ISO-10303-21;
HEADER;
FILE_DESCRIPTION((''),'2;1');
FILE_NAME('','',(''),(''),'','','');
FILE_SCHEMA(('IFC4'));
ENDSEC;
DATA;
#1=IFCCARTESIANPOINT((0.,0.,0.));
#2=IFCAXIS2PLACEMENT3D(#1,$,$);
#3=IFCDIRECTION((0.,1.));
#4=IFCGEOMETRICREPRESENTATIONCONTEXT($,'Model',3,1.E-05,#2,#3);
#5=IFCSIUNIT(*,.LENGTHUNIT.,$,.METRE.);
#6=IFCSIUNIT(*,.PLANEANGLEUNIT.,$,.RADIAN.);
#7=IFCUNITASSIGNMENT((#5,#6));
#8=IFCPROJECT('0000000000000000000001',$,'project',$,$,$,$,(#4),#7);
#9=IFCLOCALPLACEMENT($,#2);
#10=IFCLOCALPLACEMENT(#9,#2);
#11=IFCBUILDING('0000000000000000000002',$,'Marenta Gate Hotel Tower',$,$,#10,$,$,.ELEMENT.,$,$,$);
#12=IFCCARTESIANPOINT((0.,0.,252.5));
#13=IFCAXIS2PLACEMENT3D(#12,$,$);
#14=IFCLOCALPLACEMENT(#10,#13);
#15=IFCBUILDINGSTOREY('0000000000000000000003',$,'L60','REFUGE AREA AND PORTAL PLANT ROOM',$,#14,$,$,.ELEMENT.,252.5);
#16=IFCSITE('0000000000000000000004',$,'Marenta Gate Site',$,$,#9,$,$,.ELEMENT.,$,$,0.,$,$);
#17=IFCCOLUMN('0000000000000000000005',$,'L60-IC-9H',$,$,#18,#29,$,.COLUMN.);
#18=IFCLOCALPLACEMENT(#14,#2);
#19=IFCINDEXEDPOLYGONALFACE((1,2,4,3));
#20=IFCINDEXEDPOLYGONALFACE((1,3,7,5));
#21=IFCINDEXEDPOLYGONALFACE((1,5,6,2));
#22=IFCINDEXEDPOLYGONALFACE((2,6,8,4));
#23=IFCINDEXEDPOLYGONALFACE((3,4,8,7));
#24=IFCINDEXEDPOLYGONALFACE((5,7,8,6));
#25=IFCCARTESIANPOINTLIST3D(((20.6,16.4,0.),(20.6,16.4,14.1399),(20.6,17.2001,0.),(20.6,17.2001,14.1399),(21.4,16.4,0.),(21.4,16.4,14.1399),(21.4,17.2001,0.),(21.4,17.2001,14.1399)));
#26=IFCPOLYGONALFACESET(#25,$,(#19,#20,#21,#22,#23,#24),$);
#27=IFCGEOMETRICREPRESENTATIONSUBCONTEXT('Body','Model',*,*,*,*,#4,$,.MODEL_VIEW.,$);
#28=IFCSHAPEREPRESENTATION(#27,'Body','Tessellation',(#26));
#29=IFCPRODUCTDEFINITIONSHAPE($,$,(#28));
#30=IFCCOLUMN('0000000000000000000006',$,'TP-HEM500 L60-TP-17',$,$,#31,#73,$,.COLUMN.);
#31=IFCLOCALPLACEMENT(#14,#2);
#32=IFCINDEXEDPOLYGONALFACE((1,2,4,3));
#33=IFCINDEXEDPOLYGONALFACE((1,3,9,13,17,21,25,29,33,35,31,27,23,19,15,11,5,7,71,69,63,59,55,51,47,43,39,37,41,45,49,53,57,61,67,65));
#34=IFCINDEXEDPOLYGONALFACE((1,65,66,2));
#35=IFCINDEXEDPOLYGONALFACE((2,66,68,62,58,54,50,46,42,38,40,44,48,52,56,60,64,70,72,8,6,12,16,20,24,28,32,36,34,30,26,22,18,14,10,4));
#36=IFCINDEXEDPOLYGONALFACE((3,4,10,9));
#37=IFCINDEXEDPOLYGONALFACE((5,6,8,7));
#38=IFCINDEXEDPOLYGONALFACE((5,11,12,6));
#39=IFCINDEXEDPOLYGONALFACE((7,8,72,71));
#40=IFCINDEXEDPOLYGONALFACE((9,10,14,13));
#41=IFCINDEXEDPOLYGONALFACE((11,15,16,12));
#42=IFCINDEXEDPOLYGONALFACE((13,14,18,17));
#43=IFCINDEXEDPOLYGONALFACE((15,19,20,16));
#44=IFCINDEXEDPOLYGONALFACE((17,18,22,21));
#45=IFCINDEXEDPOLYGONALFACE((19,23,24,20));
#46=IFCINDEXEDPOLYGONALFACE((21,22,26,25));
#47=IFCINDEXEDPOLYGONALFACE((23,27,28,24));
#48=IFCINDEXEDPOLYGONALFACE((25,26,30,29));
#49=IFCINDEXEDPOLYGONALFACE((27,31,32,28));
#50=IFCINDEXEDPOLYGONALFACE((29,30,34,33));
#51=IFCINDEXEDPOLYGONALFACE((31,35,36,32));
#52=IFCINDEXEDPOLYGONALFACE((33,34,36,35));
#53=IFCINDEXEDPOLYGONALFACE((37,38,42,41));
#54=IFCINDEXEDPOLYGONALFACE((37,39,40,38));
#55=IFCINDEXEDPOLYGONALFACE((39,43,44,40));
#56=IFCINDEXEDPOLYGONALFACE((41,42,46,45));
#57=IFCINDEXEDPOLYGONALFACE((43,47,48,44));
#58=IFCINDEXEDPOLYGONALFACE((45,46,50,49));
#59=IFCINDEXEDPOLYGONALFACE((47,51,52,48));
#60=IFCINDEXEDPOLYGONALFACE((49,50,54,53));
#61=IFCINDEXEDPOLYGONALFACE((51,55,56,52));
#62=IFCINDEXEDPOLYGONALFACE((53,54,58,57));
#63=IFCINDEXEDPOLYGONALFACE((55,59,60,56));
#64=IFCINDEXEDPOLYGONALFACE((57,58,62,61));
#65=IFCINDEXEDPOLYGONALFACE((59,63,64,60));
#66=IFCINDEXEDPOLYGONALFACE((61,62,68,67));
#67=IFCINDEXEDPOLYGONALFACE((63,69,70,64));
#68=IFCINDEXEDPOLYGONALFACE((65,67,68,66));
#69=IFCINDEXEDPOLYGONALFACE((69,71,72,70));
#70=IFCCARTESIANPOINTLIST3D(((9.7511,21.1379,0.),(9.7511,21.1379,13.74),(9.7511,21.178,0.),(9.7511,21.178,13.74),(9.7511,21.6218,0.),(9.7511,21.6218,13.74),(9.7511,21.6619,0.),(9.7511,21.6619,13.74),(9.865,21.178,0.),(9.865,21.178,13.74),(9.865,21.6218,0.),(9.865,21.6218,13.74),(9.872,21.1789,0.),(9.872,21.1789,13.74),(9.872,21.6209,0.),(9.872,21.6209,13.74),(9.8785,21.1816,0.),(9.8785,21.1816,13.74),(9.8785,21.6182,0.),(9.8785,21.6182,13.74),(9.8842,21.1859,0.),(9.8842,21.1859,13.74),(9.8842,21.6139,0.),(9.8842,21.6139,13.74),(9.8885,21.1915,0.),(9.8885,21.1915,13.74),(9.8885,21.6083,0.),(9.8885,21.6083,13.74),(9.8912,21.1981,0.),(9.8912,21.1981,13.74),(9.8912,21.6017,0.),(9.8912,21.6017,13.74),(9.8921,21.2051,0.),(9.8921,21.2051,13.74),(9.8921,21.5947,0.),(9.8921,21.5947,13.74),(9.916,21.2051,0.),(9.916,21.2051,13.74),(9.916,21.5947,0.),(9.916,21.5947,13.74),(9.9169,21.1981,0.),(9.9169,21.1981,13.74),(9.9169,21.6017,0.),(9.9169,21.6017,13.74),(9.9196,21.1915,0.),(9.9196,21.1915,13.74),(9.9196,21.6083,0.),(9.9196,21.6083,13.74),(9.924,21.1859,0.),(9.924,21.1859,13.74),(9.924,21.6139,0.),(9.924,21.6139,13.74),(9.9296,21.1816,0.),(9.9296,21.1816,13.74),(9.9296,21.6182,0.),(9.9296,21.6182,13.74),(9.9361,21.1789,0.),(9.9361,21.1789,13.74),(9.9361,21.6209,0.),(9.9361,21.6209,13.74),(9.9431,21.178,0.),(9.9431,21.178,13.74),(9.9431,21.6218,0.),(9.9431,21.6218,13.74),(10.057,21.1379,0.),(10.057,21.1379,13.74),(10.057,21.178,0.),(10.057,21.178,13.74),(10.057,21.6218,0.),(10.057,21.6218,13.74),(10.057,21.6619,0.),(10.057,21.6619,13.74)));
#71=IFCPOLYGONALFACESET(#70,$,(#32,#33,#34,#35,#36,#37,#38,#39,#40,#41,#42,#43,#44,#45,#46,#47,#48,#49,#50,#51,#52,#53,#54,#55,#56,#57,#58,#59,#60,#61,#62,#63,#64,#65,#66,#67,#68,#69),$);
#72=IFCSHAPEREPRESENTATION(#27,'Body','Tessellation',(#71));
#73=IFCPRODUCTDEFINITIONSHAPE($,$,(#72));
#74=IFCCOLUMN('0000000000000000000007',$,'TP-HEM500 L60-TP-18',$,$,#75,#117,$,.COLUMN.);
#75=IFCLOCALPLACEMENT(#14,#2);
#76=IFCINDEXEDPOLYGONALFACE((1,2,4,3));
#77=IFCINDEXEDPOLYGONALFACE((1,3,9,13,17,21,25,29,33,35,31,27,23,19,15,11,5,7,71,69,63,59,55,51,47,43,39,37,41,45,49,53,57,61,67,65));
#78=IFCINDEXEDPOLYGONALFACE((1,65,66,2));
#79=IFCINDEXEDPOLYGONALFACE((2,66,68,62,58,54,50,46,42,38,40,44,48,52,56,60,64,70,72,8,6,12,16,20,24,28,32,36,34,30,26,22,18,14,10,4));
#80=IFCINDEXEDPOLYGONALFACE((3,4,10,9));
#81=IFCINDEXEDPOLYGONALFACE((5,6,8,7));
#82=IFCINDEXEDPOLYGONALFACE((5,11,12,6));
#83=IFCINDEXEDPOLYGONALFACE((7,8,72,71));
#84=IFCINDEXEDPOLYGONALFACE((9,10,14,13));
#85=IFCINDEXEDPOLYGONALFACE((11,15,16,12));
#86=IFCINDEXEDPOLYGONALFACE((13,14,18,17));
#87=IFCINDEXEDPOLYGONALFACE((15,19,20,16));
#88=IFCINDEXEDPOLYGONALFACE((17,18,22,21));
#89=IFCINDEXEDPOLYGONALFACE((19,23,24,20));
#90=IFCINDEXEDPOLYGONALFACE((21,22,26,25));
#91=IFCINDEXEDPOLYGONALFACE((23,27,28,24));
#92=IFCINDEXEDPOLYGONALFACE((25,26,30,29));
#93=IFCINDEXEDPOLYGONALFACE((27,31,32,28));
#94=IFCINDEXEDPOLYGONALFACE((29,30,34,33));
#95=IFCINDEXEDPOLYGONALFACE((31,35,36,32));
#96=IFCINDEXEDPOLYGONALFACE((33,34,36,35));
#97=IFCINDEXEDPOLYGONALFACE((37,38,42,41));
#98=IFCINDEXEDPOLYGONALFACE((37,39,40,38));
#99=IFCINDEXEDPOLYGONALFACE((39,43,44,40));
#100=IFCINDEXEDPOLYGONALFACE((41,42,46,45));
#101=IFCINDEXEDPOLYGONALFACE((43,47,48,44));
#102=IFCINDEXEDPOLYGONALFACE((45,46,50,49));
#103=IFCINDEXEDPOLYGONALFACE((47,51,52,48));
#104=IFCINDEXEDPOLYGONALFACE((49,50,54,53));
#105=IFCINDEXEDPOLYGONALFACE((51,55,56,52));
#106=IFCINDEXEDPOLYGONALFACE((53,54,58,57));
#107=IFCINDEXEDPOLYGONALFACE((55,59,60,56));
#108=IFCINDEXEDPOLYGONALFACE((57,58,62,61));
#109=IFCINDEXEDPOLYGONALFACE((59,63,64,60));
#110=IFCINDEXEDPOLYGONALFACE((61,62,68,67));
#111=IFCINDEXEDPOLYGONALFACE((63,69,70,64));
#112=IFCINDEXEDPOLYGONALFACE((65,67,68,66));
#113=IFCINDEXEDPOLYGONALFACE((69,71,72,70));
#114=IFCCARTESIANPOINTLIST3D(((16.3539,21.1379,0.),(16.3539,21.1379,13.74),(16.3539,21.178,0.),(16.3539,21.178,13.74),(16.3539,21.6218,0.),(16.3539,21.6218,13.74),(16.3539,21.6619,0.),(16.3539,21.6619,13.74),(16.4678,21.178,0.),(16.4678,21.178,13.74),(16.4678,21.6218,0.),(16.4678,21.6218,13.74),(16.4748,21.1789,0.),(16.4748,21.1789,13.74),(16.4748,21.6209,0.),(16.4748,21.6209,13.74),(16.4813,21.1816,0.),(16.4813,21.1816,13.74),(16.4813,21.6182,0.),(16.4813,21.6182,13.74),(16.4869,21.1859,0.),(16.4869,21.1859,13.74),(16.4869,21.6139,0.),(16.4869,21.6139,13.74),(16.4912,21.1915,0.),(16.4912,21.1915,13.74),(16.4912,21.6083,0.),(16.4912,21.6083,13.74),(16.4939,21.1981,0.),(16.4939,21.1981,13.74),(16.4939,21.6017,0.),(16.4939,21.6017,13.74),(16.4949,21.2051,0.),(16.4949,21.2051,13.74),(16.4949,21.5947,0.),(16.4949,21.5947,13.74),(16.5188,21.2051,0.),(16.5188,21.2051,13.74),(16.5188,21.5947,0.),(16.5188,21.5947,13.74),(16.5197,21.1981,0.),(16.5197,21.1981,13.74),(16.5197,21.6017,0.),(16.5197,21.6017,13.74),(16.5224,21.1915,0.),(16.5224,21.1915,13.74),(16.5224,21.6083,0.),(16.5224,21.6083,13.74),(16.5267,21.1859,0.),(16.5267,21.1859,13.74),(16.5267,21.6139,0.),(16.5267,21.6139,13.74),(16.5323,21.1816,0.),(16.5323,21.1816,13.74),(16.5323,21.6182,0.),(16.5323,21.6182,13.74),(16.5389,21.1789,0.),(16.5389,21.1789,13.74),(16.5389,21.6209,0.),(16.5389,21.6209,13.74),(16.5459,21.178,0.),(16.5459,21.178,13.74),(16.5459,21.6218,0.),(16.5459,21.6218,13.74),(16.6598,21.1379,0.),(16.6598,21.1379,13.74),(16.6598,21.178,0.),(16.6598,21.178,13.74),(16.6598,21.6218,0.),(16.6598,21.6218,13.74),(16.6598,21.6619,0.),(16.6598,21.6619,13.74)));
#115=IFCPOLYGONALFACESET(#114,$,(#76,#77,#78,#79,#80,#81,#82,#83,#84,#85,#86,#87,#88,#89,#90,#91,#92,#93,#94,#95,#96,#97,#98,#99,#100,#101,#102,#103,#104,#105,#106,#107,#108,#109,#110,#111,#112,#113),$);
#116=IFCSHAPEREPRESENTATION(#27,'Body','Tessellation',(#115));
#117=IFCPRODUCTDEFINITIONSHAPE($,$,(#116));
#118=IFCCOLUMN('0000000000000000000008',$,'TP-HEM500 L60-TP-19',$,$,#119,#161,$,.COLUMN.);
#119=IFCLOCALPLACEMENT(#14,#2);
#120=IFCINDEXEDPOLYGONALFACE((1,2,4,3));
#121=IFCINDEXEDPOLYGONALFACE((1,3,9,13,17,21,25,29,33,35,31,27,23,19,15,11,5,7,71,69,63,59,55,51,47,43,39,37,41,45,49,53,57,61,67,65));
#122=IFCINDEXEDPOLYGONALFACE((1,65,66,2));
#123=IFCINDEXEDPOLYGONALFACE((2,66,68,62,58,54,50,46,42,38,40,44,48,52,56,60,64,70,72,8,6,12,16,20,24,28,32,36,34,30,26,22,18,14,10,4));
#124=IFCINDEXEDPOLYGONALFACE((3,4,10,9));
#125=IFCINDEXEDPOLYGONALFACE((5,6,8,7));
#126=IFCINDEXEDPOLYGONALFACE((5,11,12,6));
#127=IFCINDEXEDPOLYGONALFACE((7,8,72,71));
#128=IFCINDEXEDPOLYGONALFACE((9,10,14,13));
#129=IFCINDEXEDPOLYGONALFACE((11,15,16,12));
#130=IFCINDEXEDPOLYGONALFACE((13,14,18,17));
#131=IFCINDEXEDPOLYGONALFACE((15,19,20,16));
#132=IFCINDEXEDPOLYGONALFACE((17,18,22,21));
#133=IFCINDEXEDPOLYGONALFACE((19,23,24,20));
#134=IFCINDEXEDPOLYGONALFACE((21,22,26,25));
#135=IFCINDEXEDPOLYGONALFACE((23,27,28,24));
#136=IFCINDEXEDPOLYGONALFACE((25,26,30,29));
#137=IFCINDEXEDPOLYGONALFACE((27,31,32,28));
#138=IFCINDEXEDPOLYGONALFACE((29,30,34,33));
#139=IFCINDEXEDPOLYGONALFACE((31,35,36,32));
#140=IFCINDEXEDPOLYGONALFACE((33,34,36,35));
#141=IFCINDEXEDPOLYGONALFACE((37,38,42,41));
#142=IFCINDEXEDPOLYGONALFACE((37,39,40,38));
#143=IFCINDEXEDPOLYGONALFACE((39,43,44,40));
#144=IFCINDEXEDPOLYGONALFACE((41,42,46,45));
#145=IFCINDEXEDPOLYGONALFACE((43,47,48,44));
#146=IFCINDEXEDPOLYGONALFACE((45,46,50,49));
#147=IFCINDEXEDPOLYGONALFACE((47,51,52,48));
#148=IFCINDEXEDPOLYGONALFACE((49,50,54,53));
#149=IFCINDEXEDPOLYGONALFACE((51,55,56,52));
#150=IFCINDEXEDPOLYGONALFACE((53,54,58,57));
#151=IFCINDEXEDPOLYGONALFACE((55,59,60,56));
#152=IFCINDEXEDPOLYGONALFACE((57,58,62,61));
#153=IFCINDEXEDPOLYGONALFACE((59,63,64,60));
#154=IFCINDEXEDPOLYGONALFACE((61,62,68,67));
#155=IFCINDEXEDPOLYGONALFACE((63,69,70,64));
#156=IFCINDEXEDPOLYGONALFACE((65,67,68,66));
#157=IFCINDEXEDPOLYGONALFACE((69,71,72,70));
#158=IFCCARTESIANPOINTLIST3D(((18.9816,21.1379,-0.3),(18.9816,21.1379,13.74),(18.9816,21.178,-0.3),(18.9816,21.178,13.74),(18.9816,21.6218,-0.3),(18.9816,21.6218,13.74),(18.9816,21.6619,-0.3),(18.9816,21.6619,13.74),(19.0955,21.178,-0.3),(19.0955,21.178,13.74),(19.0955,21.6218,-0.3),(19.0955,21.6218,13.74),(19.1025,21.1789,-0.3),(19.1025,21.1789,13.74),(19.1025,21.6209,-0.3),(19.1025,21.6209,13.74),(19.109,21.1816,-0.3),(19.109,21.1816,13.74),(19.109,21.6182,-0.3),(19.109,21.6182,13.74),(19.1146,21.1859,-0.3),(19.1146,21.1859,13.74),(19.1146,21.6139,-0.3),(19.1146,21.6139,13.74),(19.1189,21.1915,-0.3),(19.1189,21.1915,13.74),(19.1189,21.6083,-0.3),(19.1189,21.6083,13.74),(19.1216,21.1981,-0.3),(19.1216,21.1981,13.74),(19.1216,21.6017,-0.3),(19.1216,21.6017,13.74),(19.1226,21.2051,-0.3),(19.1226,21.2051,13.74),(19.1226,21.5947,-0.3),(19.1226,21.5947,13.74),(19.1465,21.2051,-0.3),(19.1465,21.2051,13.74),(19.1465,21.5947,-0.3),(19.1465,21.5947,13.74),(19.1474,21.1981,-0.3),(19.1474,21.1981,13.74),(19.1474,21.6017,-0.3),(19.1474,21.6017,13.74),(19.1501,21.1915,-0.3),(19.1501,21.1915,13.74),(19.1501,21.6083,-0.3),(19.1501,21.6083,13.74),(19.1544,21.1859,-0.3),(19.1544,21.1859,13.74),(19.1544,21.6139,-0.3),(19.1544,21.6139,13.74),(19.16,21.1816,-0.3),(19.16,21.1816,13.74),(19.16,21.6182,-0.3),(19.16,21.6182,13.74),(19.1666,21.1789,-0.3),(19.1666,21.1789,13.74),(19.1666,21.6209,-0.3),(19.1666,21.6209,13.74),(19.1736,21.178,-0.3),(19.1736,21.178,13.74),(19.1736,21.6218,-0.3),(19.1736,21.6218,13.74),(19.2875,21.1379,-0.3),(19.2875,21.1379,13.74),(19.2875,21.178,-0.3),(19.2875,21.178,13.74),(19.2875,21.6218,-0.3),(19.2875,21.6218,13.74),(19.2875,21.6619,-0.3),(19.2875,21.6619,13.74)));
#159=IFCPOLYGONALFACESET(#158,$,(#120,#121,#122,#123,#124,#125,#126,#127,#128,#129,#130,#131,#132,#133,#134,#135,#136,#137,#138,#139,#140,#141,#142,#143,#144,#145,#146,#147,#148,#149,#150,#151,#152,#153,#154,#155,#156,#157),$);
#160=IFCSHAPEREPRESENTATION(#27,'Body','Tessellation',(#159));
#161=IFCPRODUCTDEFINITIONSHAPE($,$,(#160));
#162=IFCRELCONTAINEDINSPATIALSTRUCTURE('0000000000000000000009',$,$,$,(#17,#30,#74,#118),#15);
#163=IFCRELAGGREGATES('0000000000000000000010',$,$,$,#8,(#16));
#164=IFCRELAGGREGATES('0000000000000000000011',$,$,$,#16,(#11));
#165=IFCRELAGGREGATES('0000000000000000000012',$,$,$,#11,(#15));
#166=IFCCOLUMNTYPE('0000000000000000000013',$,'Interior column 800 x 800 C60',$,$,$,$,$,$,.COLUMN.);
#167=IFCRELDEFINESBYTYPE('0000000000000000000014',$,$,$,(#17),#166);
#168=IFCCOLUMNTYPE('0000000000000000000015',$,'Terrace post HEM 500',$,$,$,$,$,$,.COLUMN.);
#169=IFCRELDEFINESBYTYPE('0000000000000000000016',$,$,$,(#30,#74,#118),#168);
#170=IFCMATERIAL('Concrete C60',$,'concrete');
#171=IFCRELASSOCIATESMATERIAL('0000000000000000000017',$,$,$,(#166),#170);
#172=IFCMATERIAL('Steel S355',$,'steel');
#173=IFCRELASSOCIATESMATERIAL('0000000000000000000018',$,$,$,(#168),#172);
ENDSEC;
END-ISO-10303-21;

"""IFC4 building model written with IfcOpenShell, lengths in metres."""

from ifc_helpers import new_model, si_unit, direction, frame, origin, origin_2d, place, context, subcontext, project, spatial, rectangle, i_section, extrude, material, material_profile, profile_set, type_object, element, save


model = new_model("IFC4")

# Units and contexts
model_context = context("Model", 3, precision=1e-05, world=origin(), true_north=direction((0.0, 1.0)))
body_context = subcontext(model_context, "Body", "Model", "MODEL_VIEW")
ifc_project = project(units=[si_unit("LENGTHUNIT", "METRE"), si_unit("PLANEANGLEUNIT", "RADIAN")], contexts=[model_context])

# Site, building, storey
site_placement = place(None, origin())
site = spatial("IfcSite", under=ifc_project, at=site_placement, Name="Marenta Gate Site", CompositionType="ELEMENT", RefElevation=0.0)
building_placement = place(site_placement, origin())
building = spatial("IfcBuilding", under=site, at=building_placement, Name="Marenta Gate Hotel Tower", CompositionType="ELEMENT")
storey_placement = place(building_placement, frame((0.0, 0.0, 252.5)))
storey = spatial("IfcBuildingStorey", under=building, at=storey_placement, Name="L60", Description="REFUGE AREA AND PORTAL PLANT ROOM", CompositionType="ELEMENT", Elevation=252.5)

# Columns
ifc_material_1 = material(Name="Concrete C60", Category="concrete")
ifc_material_profile_1 = material_profile(ifc_material_1, rectangle(XDim=0.8, YDim=0.8, at=origin_2d()), Name="800 x 800")
ifc_profile_set_1 = profile_set([ifc_material_profile_1], Name="Concrete C60")
column_type_1 = type_object("IfcColumnType", Name="Interior column 800 x 800 C60", PredefinedType="COLUMN", material=ifc_profile_set_1)
column_1_placement = place(storey_placement, frame((21.0, 16.8, 0.0), z_axis=(0.0, 0.0, 1.0), x_axis=(1.0, 0.0, 0.0)))
element("IfcColumn", 1, at=column_1_placement, inside=storey, type_object=column_type_1, Name="L60-IC-9H", PredefinedType="COLUMN", context=body_context, shape_type="SweptSolid", body=[
    extrude(rectangle(XDim=0.8, YDim=0.8, at=origin_2d()), origin(), (0.0, 0.0, 1.0), 14.1399),
])
ifc_material_2 = material(Name="Steel S355", Category="steel")
ifc_material_profile_2 = material_profile(ifc_material_2, i_section(OverallWidth=0.3059, OverallDepth=0.5239, WebThickness=0.0239, FlangeThickness=0.04, FilletRadius=0.0271, at=origin_2d()), Name="HEM 500")
ifc_profile_set_2 = profile_set([ifc_material_profile_2], Name="Steel S355")
column_type_2 = type_object("IfcColumnType", Name="Terrace post HEM 500", PredefinedType="COLUMN", material=ifc_profile_set_2)
for number, where, z_axis, x_axis, name in (
    (2, (9.9041, 21.3999, 0.0), (0.0, 0.0, 1.0), (1.0, 0.0, 0.0), "TP-HEM500 L60-TP-17"),
    (3, (16.5068, 21.3999, 0.0), (0.0, 0.0, 1.0), (1.0, 0.0, 0.0), "TP-HEM500 L60-TP-18"),
):
    element("IfcColumn", number, at=place(storey_placement, frame(where, z_axis=z_axis, x_axis=x_axis)), inside=storey, type_object=column_type_2, Name=name, PredefinedType="COLUMN", context=body_context, shape_type="SweptSolid", body=[
        extrude(i_section(OverallWidth=0.3059, OverallDepth=0.5239, WebThickness=0.0239, FlangeThickness=0.04, FilletRadius=0.0271, at=origin_2d()), origin(), (0.0, 0.0, 1.0), 13.74),
    ])
column_2_placement = place(storey_placement, frame((19.1345, 21.3999, -0.3), z_axis=(0.0, 0.0, 1.0), x_axis=(1.0, 0.0, 0.0)))
element("IfcColumn", 4, at=column_2_placement, inside=storey, type_object=column_type_2, Name="TP-HEM500 L60-TP-19", PredefinedType="COLUMN", context=body_context, shape_type="SweptSolid", body=[
    extrude(i_section(OverallWidth=0.3059, OverallDepth=0.5239, WebThickness=0.0239, FlangeThickness=0.04, FilletRadius=0.0271, at=origin_2d()), origin(), (0.0, 0.0, 1.0), 14.04),
])

save(model, "model.ifc")
